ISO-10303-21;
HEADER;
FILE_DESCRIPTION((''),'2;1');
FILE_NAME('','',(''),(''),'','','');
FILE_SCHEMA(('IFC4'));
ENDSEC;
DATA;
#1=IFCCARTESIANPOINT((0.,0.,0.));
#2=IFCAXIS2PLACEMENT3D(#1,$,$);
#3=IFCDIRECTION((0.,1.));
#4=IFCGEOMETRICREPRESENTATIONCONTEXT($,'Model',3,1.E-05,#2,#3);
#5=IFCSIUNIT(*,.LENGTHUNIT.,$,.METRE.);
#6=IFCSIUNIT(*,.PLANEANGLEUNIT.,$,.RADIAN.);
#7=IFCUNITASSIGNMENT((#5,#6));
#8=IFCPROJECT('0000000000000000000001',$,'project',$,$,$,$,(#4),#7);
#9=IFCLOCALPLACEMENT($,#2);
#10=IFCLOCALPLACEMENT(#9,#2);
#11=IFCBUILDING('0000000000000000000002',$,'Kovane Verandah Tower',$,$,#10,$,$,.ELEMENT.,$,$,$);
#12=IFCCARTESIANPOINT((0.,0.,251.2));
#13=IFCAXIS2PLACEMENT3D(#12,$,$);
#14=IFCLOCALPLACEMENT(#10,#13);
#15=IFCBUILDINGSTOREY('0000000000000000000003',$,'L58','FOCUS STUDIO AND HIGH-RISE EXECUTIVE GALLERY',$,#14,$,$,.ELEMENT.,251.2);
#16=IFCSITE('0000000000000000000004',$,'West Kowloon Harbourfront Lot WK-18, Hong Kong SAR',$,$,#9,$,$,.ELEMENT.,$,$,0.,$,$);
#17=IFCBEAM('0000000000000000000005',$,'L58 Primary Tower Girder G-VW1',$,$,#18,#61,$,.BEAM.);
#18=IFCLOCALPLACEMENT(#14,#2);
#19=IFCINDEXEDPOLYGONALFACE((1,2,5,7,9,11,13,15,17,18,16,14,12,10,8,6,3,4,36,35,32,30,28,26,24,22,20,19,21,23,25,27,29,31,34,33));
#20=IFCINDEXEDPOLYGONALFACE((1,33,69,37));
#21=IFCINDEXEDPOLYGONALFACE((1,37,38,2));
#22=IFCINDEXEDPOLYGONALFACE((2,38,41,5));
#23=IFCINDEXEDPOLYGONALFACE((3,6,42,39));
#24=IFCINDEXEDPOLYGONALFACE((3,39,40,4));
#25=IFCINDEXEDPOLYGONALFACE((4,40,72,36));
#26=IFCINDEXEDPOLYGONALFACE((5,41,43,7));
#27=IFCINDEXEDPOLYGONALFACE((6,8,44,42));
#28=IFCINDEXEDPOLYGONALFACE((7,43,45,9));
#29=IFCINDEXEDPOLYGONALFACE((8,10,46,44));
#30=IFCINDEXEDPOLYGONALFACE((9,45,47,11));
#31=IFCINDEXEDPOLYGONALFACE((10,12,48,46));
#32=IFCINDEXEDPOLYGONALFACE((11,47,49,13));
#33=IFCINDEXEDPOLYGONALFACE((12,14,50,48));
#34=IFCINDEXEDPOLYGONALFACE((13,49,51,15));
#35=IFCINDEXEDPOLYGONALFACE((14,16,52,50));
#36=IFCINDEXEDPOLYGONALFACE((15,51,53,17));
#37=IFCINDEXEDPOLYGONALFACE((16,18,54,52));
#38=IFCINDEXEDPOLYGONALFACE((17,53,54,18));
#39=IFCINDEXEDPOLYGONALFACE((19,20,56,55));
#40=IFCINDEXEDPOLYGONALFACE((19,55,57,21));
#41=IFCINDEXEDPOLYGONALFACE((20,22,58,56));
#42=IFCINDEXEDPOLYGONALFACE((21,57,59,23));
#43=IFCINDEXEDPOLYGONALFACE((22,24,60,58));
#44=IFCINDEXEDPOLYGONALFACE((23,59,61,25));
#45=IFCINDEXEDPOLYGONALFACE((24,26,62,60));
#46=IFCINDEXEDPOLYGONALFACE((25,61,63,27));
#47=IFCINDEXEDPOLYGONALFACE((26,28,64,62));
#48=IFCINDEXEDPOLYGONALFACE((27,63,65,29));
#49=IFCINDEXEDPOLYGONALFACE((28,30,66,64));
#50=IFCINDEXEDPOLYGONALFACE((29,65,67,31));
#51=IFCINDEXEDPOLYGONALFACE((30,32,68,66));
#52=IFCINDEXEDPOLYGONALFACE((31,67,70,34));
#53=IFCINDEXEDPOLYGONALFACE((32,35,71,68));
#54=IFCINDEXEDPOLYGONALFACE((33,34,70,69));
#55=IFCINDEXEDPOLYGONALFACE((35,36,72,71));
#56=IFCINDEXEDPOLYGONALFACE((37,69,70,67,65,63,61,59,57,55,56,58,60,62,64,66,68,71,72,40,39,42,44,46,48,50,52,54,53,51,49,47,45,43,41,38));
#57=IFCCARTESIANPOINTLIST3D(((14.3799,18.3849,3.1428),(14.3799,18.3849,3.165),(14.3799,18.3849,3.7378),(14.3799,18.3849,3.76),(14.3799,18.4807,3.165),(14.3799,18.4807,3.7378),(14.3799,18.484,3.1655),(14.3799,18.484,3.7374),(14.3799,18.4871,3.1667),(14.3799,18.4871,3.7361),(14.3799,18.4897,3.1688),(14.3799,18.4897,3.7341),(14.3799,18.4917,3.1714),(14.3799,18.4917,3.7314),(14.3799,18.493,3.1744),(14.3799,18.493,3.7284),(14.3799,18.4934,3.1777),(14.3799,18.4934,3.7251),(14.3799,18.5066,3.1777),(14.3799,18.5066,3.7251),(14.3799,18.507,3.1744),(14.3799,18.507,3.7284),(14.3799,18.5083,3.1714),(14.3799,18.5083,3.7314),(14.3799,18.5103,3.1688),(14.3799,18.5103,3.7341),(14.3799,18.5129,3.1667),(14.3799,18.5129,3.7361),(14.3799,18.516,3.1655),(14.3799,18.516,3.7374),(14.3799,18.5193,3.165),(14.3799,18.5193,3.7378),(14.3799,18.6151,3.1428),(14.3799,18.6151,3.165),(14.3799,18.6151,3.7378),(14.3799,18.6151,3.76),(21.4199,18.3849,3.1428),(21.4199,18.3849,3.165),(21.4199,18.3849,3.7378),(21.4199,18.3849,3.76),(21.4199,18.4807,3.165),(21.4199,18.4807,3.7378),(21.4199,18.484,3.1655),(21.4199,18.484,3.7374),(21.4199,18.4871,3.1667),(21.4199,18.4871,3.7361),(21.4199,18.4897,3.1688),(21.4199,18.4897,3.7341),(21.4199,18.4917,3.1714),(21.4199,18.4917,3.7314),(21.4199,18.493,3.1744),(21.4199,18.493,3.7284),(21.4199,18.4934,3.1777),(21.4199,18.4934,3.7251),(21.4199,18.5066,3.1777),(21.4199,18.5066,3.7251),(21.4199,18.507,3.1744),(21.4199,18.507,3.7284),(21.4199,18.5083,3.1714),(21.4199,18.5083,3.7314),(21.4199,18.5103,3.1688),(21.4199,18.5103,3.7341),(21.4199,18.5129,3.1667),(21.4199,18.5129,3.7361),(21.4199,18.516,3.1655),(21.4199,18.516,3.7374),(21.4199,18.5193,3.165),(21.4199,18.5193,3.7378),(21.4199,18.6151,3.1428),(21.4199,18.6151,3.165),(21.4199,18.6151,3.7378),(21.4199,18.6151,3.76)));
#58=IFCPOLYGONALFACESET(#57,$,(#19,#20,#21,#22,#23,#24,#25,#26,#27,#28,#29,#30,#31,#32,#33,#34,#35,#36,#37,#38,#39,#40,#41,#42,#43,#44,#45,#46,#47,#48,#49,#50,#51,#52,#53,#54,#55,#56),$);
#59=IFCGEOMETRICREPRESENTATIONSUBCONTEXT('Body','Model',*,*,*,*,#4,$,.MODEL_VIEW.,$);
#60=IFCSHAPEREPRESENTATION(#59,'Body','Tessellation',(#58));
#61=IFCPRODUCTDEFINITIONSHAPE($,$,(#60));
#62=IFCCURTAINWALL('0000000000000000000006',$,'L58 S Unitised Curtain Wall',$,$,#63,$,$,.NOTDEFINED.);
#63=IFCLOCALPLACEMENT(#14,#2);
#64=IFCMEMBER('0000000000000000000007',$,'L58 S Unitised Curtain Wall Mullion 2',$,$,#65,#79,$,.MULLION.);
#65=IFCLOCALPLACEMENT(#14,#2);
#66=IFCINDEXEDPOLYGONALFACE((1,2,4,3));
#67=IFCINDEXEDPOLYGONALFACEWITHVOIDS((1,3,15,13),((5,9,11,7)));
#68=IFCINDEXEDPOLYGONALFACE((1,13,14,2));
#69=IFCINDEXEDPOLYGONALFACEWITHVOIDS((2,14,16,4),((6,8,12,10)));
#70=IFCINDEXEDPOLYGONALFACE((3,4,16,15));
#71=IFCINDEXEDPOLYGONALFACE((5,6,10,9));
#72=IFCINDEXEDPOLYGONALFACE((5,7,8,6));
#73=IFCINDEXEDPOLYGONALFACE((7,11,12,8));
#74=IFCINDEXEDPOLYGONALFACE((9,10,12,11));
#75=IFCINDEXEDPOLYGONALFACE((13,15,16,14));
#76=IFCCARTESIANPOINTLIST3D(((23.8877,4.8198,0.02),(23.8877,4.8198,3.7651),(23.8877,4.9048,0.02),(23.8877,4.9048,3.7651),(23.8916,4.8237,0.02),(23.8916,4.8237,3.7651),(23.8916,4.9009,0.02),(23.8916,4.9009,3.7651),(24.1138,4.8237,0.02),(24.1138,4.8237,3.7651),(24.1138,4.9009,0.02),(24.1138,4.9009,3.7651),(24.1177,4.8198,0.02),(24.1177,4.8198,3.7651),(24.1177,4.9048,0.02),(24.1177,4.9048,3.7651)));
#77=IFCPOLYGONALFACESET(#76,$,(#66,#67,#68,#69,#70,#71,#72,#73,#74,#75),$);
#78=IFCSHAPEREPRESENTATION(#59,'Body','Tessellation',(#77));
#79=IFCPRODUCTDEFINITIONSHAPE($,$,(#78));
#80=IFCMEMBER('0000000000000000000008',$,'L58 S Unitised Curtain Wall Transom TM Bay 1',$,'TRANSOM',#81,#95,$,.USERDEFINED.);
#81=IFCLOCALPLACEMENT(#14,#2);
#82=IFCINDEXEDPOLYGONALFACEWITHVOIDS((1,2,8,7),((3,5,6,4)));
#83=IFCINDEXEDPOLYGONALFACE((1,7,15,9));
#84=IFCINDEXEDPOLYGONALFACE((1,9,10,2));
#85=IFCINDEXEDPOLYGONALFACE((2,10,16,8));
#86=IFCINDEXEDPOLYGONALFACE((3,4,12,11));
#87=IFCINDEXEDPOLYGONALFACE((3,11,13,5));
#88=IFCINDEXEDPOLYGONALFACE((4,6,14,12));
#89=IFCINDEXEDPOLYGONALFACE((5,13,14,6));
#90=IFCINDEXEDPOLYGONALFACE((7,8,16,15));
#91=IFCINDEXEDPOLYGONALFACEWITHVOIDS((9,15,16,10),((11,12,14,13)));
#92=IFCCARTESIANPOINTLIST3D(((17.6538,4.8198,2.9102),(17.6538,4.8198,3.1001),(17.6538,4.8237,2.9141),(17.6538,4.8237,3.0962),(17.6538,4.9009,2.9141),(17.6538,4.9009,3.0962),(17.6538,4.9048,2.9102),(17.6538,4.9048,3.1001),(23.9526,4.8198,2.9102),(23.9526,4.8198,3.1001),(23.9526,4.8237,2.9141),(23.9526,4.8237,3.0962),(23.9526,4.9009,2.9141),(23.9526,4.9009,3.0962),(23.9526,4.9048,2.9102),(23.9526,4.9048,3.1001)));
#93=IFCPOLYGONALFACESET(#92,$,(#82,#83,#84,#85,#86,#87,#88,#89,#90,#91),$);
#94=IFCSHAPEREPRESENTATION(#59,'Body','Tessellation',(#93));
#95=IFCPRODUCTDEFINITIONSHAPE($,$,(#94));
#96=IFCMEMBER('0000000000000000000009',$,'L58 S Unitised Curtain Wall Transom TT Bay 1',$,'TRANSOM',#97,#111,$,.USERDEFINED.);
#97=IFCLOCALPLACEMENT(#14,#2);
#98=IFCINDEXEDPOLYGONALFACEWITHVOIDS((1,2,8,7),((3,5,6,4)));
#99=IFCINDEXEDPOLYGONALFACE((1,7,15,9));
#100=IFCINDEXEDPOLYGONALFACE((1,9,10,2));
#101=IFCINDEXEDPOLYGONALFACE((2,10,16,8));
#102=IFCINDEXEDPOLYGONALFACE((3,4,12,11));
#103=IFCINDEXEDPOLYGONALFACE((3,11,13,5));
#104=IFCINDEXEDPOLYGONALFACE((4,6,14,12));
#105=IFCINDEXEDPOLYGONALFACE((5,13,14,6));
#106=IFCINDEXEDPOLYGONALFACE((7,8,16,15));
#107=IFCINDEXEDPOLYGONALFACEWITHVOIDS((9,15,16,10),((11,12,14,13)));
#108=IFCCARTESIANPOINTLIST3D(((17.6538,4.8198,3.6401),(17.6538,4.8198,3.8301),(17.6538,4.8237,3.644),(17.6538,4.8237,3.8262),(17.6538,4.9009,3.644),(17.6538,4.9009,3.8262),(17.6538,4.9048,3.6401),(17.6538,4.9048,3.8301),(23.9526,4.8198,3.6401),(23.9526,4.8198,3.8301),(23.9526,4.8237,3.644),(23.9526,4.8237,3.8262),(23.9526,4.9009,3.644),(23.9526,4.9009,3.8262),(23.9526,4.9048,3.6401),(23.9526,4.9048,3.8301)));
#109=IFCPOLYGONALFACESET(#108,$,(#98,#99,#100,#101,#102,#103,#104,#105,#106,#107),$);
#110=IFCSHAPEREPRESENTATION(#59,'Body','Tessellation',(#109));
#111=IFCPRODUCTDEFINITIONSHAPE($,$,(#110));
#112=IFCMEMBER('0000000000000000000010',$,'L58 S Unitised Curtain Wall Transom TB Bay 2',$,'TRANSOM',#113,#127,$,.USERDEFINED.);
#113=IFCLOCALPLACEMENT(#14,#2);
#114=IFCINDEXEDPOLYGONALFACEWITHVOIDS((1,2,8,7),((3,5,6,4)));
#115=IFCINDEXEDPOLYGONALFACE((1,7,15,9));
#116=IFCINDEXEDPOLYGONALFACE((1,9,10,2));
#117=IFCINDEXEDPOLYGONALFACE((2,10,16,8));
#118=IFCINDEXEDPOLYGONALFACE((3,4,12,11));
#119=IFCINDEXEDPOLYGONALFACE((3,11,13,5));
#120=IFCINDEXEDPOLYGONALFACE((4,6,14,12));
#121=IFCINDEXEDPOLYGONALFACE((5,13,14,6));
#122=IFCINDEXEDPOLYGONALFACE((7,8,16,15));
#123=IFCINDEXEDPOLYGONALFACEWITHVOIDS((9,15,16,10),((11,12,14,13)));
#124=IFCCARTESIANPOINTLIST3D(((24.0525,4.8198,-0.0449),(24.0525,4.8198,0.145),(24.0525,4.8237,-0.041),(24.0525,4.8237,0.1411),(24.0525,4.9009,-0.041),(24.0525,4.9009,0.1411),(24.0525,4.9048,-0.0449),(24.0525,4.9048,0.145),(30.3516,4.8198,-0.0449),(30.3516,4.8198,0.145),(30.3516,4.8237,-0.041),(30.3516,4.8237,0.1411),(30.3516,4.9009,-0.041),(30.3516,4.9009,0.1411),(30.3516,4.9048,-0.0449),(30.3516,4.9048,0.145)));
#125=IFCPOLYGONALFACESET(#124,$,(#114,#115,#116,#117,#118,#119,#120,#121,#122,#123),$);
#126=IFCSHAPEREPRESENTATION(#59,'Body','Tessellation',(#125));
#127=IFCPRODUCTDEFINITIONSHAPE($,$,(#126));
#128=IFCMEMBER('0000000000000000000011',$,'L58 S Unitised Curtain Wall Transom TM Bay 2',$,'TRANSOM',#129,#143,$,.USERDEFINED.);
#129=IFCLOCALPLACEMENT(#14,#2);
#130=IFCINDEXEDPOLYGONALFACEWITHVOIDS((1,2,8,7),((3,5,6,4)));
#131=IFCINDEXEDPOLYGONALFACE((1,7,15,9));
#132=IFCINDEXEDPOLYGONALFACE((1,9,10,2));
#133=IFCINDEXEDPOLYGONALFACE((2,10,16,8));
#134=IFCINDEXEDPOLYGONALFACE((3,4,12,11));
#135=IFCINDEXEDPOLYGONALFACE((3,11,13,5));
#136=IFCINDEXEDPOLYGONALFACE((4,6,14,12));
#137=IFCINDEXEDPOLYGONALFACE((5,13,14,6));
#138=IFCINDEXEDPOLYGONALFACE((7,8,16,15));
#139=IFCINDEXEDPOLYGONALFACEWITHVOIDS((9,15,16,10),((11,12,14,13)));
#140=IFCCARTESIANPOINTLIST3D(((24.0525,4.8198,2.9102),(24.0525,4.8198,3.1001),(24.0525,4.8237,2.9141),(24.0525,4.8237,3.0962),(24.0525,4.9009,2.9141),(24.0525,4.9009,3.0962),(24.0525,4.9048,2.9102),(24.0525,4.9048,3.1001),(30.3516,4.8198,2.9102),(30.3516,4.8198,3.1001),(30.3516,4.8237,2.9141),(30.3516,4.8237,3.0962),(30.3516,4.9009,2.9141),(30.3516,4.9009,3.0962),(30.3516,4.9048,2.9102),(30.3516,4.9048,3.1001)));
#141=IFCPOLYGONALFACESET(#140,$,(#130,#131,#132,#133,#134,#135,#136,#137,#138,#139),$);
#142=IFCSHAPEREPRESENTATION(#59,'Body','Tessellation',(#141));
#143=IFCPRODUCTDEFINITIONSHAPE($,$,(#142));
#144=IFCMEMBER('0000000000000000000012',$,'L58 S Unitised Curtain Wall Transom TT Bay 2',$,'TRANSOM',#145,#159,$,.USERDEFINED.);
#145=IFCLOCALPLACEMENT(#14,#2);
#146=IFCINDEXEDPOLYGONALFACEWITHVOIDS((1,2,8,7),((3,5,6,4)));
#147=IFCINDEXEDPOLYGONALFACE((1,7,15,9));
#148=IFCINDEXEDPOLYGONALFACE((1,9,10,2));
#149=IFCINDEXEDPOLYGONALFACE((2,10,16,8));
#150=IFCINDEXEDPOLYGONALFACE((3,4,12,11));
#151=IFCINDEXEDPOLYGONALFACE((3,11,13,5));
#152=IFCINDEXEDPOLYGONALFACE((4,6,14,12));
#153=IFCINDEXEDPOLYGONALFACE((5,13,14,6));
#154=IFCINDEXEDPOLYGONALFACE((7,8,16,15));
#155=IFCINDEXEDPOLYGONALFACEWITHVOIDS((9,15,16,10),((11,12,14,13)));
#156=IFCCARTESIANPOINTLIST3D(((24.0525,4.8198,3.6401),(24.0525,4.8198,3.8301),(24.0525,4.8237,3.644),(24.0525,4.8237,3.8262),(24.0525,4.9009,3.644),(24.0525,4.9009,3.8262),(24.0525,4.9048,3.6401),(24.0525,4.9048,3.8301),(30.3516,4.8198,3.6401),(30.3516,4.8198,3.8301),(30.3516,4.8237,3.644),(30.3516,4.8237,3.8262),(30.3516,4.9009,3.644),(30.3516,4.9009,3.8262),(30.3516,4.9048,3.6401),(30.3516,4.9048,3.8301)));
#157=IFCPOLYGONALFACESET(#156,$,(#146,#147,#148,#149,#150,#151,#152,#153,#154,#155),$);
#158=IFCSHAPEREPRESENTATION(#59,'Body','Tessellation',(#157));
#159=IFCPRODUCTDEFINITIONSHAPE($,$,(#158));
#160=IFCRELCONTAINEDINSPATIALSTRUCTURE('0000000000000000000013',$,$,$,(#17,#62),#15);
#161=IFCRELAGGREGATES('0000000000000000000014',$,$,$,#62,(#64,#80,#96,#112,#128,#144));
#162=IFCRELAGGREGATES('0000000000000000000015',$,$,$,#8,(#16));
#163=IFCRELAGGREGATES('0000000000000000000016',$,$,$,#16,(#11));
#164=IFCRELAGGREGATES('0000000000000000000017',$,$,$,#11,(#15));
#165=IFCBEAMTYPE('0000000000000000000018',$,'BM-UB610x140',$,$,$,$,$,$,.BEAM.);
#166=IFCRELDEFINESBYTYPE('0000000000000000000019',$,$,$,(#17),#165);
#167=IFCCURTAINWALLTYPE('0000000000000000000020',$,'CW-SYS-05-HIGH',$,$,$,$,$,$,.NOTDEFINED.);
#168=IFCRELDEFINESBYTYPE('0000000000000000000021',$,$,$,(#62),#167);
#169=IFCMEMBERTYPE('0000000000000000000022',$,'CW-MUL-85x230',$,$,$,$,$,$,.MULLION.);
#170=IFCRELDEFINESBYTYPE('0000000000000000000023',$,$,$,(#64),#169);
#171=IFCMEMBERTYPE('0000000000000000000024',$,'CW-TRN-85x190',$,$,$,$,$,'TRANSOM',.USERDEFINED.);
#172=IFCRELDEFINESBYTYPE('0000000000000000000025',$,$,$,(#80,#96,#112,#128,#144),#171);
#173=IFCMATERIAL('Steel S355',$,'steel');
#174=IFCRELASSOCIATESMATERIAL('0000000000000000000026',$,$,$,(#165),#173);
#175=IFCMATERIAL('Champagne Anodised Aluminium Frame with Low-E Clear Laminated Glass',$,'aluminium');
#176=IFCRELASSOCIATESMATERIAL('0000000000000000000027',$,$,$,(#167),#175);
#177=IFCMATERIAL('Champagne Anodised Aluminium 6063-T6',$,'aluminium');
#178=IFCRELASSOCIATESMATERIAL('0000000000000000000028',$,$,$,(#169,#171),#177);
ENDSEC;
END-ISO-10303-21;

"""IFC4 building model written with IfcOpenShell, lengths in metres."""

from ifc_helpers import new_model, si_unit, direction, frame, origin, origin_2d, place, context, subcontext, project, spatial, hollow_rectangle, i_section, extrude, material, material_profile, profile_set, type_object, element, aggregate, save


model = new_model("IFC4")

# Units and contexts
model_context = context("Model", 3, precision=1e-05, world=origin(), true_north=direction((0.0, 1.0)))
body_context = subcontext(model_context, "Body", "Model", "MODEL_VIEW")
ifc_project = project(units=[si_unit("LENGTHUNIT", "METRE"), si_unit("PLANEANGLEUNIT", "RADIAN")], contexts=[model_context])

# Site, building, storey
site_placement = place(None, origin())
site = spatial("IfcSite", under=ifc_project, at=site_placement, Name="West Kowloon Harbourfront Lot WK-18, Hong Kong SAR", CompositionType="ELEMENT", RefElevation=0.0)
building_placement = place(site_placement, origin())
building = spatial("IfcBuilding", under=site, at=building_placement, Name="Kovane Verandah Tower", CompositionType="ELEMENT")
storey_placement = place(building_placement, frame((0.0, 0.0, 251.2)))
storey = spatial("IfcBuildingStorey", under=building, at=storey_placement, Name="L58", Description="FOCUS STUDIO AND HIGH-RISE EXECUTIVE GALLERY", CompositionType="ELEMENT", Elevation=251.2)

# Beam
ifc_material_1 = material(Name="Steel S355", Category="steel")
ifc_material_profile_1 = material_profile(ifc_material_1, i_section(OverallWidth=0.2302, OverallDepth=0.6172, WebThickness=0.0132, FlangeThickness=0.0222, FilletRadius=0.0127, at=origin_2d()), Name="UB610x229x140")
ifc_profile_set_1 = profile_set([ifc_material_profile_1], Name="Steel S355")
beam_type_1 = type_object("IfcBeamType", Name="BM-UB610x140", PredefinedType="BEAM", material=ifc_profile_set_1)
for number, where, z_axis, x_axis, name in (
    (1, (21.4199, 18.5, 3.4514), (-1.0, 0.0, 0.0), (0.0, -1.0, 0.0), "L58 Primary Tower Girder G-VW1"),
):
    element("IfcBeam", number, at=place(storey_placement, frame(where, z_axis=z_axis, x_axis=x_axis)), inside=storey, type_object=beam_type_1, Name=name, PredefinedType="BEAM", context=body_context, shape_type="SweptSolid", body=[
        extrude(i_section(OverallWidth=0.2302, OverallDepth=0.6172, WebThickness=0.0132, FlangeThickness=0.0222, FilletRadius=0.0127, at=origin_2d()), origin(), (0.0, 0.0, 1.0), 7.04),
    ])

# Curtain wall, members
ifc_material_2 = material(Name="Champagne Anodised Aluminium Frame with Low-E Clear Laminated Glass", Category="aluminium")
curtain_wall_type = type_object("IfcCurtainWallType", Name="CW-SYS-05-HIGH", PredefinedType="NOTDEFINED", material=ifc_material_2)
curtain_wall_placement = place(storey_placement, origin())
curtain_wall = element("IfcCurtainWall", 2, at=curtain_wall_placement, inside=storey, type_object=curtain_wall_type, Name="L58 S Unitised Curtain Wall", PredefinedType="NOTDEFINED")
ifc_material_3 = material(Name="Champagne Anodised Aluminium 6063-T6", Category="aluminium")
ifc_material_profile_2 = material_profile(ifc_material_3, hollow_rectangle(XDim=0.085, YDim=0.23, WallThickness=0.0039, at=origin_2d()), Name="AL85x230x4")
ifc_profile_set_2 = profile_set([ifc_material_profile_2], Name="Champagne Anodised Aluminium 6063-T6")
member_type_1 = type_object("IfcMemberType", Name="CW-MUL-85x230", PredefinedType="MULLION", material=ifc_profile_set_2)
member_1_placement = place(storey_placement, frame((24.0027, 4.8623, 0.02), z_axis=(0.0, 0.0, 1.0), x_axis=(0.0, -1.0, 0.0)))
member_1 = element("IfcMember", 3, at=member_1_placement, type_object=member_type_1, Name="L58 S Unitised Curtain Wall Mullion 2", PredefinedType="MULLION", context=body_context, shape_type="SweptSolid", body=[
    extrude(hollow_rectangle(XDim=0.085, YDim=0.23, WallThickness=0.0039, at=origin_2d()), origin(), (0.0, 0.0, 1.0), 3.7451),
])
ifc_material_profile_3 = material_profile(ifc_material_3, hollow_rectangle(XDim=0.085, YDim=0.1899, WallThickness=0.0039, at=origin_2d()), Name="AL85x190x4")
ifc_profile_set_3 = profile_set([ifc_material_profile_3], Name="Champagne Anodised Aluminium 6063-T6")
member_type_2 = type_object("IfcMemberType", Name="CW-TRN-85x190", ElementType="TRANSOM", PredefinedType="USERDEFINED", material=ifc_profile_set_3)
member_2_placement = place(storey_placement, frame((17.6538, 4.8623, 3.0051), z_axis=(1.0, 0.0, 0.0), x_axis=(0.0, 1.0, 0.0)))
member_2 = element("IfcMember", 4, at=member_2_placement, type_object=member_type_2, Name="L58 S Unitised Curtain Wall Transom TM Bay 1", ObjectType="TRANSOM", PredefinedType="USERDEFINED", context=body_context, shape_type="SweptSolid", body=[
    extrude(hollow_rectangle(XDim=0.085, YDim=0.1899, WallThickness=0.0039, at=origin_2d()), origin(), (0.0, 0.0, 1.0), 6.2988),
])
member_3_placement = place(storey_placement, frame((17.6538, 4.8623, 3.7351), z_axis=(1.0, 0.0, 0.0), x_axis=(0.0, 1.0, 0.0)))
member_3 = element("IfcMember", 5, at=member_3_placement, type_object=member_type_2, Name="L58 S Unitised Curtain Wall Transom TT Bay 1", ObjectType="TRANSOM", PredefinedType="USERDEFINED", context=body_context, shape_type="SweptSolid", body=[
    extrude(hollow_rectangle(XDim=0.085, YDim=0.1899, WallThickness=0.0039, at=origin_2d()), origin(), (0.0, 0.0, 1.0), 6.2988),
])
member_4_placement = place(storey_placement, frame((24.0525, 4.8623, 0.05), z_axis=(1.0, 0.0, 0.0), x_axis=(0.0, 1.0, 0.0)))
member_4 = element("IfcMember", 6, at=member_4_placement, type_object=member_type_2, Name="L58 S Unitised Curtain Wall Transom TB Bay 2", ObjectType="TRANSOM", PredefinedType="USERDEFINED", context=body_context, shape_type="SweptSolid", body=[
    extrude(hollow_rectangle(XDim=0.085, YDim=0.1899, WallThickness=0.0039, at=origin_2d()), origin(), (0.0, 0.0, 1.0), 6.2991),
])
member_5_placement = place(storey_placement, frame((24.0525, 4.8623, 3.0051), z_axis=(1.0, 0.0, 0.0), x_axis=(0.0, 1.0, 0.0)))
member_5 = element("IfcMember", 7, at=member_5_placement, type_object=member_type_2, Name="L58 S Unitised Curtain Wall Transom TM Bay 2", ObjectType="TRANSOM", PredefinedType="USERDEFINED", context=body_context, shape_type="SweptSolid", body=[
    extrude(hollow_rectangle(XDim=0.085, YDim=0.1899, WallThickness=0.0039, at=origin_2d()), origin(), (0.0, 0.0, 1.0), 6.2991),
])
member_6_placement = place(storey_placement, frame((24.0525, 4.8623, 3.7351), z_axis=(1.0, 0.0, 0.0), x_axis=(0.0, 1.0, 0.0)))
member_6 = element("IfcMember", 8, at=member_6_placement, type_object=member_type_2, Name="L58 S Unitised Curtain Wall Transom TT Bay 2", ObjectType="TRANSOM", PredefinedType="USERDEFINED", context=body_context, shape_type="SweptSolid", body=[
    extrude(hollow_rectangle(XDim=0.085, YDim=0.1899, WallThickness=0.0039, at=origin_2d()), origin(), (0.0, 0.0, 1.0), 6.2991),
])

aggregate(curtain_wall, [member_1, member_2, member_3, member_4, member_5, member_6])

save(model, "model.ifc")
